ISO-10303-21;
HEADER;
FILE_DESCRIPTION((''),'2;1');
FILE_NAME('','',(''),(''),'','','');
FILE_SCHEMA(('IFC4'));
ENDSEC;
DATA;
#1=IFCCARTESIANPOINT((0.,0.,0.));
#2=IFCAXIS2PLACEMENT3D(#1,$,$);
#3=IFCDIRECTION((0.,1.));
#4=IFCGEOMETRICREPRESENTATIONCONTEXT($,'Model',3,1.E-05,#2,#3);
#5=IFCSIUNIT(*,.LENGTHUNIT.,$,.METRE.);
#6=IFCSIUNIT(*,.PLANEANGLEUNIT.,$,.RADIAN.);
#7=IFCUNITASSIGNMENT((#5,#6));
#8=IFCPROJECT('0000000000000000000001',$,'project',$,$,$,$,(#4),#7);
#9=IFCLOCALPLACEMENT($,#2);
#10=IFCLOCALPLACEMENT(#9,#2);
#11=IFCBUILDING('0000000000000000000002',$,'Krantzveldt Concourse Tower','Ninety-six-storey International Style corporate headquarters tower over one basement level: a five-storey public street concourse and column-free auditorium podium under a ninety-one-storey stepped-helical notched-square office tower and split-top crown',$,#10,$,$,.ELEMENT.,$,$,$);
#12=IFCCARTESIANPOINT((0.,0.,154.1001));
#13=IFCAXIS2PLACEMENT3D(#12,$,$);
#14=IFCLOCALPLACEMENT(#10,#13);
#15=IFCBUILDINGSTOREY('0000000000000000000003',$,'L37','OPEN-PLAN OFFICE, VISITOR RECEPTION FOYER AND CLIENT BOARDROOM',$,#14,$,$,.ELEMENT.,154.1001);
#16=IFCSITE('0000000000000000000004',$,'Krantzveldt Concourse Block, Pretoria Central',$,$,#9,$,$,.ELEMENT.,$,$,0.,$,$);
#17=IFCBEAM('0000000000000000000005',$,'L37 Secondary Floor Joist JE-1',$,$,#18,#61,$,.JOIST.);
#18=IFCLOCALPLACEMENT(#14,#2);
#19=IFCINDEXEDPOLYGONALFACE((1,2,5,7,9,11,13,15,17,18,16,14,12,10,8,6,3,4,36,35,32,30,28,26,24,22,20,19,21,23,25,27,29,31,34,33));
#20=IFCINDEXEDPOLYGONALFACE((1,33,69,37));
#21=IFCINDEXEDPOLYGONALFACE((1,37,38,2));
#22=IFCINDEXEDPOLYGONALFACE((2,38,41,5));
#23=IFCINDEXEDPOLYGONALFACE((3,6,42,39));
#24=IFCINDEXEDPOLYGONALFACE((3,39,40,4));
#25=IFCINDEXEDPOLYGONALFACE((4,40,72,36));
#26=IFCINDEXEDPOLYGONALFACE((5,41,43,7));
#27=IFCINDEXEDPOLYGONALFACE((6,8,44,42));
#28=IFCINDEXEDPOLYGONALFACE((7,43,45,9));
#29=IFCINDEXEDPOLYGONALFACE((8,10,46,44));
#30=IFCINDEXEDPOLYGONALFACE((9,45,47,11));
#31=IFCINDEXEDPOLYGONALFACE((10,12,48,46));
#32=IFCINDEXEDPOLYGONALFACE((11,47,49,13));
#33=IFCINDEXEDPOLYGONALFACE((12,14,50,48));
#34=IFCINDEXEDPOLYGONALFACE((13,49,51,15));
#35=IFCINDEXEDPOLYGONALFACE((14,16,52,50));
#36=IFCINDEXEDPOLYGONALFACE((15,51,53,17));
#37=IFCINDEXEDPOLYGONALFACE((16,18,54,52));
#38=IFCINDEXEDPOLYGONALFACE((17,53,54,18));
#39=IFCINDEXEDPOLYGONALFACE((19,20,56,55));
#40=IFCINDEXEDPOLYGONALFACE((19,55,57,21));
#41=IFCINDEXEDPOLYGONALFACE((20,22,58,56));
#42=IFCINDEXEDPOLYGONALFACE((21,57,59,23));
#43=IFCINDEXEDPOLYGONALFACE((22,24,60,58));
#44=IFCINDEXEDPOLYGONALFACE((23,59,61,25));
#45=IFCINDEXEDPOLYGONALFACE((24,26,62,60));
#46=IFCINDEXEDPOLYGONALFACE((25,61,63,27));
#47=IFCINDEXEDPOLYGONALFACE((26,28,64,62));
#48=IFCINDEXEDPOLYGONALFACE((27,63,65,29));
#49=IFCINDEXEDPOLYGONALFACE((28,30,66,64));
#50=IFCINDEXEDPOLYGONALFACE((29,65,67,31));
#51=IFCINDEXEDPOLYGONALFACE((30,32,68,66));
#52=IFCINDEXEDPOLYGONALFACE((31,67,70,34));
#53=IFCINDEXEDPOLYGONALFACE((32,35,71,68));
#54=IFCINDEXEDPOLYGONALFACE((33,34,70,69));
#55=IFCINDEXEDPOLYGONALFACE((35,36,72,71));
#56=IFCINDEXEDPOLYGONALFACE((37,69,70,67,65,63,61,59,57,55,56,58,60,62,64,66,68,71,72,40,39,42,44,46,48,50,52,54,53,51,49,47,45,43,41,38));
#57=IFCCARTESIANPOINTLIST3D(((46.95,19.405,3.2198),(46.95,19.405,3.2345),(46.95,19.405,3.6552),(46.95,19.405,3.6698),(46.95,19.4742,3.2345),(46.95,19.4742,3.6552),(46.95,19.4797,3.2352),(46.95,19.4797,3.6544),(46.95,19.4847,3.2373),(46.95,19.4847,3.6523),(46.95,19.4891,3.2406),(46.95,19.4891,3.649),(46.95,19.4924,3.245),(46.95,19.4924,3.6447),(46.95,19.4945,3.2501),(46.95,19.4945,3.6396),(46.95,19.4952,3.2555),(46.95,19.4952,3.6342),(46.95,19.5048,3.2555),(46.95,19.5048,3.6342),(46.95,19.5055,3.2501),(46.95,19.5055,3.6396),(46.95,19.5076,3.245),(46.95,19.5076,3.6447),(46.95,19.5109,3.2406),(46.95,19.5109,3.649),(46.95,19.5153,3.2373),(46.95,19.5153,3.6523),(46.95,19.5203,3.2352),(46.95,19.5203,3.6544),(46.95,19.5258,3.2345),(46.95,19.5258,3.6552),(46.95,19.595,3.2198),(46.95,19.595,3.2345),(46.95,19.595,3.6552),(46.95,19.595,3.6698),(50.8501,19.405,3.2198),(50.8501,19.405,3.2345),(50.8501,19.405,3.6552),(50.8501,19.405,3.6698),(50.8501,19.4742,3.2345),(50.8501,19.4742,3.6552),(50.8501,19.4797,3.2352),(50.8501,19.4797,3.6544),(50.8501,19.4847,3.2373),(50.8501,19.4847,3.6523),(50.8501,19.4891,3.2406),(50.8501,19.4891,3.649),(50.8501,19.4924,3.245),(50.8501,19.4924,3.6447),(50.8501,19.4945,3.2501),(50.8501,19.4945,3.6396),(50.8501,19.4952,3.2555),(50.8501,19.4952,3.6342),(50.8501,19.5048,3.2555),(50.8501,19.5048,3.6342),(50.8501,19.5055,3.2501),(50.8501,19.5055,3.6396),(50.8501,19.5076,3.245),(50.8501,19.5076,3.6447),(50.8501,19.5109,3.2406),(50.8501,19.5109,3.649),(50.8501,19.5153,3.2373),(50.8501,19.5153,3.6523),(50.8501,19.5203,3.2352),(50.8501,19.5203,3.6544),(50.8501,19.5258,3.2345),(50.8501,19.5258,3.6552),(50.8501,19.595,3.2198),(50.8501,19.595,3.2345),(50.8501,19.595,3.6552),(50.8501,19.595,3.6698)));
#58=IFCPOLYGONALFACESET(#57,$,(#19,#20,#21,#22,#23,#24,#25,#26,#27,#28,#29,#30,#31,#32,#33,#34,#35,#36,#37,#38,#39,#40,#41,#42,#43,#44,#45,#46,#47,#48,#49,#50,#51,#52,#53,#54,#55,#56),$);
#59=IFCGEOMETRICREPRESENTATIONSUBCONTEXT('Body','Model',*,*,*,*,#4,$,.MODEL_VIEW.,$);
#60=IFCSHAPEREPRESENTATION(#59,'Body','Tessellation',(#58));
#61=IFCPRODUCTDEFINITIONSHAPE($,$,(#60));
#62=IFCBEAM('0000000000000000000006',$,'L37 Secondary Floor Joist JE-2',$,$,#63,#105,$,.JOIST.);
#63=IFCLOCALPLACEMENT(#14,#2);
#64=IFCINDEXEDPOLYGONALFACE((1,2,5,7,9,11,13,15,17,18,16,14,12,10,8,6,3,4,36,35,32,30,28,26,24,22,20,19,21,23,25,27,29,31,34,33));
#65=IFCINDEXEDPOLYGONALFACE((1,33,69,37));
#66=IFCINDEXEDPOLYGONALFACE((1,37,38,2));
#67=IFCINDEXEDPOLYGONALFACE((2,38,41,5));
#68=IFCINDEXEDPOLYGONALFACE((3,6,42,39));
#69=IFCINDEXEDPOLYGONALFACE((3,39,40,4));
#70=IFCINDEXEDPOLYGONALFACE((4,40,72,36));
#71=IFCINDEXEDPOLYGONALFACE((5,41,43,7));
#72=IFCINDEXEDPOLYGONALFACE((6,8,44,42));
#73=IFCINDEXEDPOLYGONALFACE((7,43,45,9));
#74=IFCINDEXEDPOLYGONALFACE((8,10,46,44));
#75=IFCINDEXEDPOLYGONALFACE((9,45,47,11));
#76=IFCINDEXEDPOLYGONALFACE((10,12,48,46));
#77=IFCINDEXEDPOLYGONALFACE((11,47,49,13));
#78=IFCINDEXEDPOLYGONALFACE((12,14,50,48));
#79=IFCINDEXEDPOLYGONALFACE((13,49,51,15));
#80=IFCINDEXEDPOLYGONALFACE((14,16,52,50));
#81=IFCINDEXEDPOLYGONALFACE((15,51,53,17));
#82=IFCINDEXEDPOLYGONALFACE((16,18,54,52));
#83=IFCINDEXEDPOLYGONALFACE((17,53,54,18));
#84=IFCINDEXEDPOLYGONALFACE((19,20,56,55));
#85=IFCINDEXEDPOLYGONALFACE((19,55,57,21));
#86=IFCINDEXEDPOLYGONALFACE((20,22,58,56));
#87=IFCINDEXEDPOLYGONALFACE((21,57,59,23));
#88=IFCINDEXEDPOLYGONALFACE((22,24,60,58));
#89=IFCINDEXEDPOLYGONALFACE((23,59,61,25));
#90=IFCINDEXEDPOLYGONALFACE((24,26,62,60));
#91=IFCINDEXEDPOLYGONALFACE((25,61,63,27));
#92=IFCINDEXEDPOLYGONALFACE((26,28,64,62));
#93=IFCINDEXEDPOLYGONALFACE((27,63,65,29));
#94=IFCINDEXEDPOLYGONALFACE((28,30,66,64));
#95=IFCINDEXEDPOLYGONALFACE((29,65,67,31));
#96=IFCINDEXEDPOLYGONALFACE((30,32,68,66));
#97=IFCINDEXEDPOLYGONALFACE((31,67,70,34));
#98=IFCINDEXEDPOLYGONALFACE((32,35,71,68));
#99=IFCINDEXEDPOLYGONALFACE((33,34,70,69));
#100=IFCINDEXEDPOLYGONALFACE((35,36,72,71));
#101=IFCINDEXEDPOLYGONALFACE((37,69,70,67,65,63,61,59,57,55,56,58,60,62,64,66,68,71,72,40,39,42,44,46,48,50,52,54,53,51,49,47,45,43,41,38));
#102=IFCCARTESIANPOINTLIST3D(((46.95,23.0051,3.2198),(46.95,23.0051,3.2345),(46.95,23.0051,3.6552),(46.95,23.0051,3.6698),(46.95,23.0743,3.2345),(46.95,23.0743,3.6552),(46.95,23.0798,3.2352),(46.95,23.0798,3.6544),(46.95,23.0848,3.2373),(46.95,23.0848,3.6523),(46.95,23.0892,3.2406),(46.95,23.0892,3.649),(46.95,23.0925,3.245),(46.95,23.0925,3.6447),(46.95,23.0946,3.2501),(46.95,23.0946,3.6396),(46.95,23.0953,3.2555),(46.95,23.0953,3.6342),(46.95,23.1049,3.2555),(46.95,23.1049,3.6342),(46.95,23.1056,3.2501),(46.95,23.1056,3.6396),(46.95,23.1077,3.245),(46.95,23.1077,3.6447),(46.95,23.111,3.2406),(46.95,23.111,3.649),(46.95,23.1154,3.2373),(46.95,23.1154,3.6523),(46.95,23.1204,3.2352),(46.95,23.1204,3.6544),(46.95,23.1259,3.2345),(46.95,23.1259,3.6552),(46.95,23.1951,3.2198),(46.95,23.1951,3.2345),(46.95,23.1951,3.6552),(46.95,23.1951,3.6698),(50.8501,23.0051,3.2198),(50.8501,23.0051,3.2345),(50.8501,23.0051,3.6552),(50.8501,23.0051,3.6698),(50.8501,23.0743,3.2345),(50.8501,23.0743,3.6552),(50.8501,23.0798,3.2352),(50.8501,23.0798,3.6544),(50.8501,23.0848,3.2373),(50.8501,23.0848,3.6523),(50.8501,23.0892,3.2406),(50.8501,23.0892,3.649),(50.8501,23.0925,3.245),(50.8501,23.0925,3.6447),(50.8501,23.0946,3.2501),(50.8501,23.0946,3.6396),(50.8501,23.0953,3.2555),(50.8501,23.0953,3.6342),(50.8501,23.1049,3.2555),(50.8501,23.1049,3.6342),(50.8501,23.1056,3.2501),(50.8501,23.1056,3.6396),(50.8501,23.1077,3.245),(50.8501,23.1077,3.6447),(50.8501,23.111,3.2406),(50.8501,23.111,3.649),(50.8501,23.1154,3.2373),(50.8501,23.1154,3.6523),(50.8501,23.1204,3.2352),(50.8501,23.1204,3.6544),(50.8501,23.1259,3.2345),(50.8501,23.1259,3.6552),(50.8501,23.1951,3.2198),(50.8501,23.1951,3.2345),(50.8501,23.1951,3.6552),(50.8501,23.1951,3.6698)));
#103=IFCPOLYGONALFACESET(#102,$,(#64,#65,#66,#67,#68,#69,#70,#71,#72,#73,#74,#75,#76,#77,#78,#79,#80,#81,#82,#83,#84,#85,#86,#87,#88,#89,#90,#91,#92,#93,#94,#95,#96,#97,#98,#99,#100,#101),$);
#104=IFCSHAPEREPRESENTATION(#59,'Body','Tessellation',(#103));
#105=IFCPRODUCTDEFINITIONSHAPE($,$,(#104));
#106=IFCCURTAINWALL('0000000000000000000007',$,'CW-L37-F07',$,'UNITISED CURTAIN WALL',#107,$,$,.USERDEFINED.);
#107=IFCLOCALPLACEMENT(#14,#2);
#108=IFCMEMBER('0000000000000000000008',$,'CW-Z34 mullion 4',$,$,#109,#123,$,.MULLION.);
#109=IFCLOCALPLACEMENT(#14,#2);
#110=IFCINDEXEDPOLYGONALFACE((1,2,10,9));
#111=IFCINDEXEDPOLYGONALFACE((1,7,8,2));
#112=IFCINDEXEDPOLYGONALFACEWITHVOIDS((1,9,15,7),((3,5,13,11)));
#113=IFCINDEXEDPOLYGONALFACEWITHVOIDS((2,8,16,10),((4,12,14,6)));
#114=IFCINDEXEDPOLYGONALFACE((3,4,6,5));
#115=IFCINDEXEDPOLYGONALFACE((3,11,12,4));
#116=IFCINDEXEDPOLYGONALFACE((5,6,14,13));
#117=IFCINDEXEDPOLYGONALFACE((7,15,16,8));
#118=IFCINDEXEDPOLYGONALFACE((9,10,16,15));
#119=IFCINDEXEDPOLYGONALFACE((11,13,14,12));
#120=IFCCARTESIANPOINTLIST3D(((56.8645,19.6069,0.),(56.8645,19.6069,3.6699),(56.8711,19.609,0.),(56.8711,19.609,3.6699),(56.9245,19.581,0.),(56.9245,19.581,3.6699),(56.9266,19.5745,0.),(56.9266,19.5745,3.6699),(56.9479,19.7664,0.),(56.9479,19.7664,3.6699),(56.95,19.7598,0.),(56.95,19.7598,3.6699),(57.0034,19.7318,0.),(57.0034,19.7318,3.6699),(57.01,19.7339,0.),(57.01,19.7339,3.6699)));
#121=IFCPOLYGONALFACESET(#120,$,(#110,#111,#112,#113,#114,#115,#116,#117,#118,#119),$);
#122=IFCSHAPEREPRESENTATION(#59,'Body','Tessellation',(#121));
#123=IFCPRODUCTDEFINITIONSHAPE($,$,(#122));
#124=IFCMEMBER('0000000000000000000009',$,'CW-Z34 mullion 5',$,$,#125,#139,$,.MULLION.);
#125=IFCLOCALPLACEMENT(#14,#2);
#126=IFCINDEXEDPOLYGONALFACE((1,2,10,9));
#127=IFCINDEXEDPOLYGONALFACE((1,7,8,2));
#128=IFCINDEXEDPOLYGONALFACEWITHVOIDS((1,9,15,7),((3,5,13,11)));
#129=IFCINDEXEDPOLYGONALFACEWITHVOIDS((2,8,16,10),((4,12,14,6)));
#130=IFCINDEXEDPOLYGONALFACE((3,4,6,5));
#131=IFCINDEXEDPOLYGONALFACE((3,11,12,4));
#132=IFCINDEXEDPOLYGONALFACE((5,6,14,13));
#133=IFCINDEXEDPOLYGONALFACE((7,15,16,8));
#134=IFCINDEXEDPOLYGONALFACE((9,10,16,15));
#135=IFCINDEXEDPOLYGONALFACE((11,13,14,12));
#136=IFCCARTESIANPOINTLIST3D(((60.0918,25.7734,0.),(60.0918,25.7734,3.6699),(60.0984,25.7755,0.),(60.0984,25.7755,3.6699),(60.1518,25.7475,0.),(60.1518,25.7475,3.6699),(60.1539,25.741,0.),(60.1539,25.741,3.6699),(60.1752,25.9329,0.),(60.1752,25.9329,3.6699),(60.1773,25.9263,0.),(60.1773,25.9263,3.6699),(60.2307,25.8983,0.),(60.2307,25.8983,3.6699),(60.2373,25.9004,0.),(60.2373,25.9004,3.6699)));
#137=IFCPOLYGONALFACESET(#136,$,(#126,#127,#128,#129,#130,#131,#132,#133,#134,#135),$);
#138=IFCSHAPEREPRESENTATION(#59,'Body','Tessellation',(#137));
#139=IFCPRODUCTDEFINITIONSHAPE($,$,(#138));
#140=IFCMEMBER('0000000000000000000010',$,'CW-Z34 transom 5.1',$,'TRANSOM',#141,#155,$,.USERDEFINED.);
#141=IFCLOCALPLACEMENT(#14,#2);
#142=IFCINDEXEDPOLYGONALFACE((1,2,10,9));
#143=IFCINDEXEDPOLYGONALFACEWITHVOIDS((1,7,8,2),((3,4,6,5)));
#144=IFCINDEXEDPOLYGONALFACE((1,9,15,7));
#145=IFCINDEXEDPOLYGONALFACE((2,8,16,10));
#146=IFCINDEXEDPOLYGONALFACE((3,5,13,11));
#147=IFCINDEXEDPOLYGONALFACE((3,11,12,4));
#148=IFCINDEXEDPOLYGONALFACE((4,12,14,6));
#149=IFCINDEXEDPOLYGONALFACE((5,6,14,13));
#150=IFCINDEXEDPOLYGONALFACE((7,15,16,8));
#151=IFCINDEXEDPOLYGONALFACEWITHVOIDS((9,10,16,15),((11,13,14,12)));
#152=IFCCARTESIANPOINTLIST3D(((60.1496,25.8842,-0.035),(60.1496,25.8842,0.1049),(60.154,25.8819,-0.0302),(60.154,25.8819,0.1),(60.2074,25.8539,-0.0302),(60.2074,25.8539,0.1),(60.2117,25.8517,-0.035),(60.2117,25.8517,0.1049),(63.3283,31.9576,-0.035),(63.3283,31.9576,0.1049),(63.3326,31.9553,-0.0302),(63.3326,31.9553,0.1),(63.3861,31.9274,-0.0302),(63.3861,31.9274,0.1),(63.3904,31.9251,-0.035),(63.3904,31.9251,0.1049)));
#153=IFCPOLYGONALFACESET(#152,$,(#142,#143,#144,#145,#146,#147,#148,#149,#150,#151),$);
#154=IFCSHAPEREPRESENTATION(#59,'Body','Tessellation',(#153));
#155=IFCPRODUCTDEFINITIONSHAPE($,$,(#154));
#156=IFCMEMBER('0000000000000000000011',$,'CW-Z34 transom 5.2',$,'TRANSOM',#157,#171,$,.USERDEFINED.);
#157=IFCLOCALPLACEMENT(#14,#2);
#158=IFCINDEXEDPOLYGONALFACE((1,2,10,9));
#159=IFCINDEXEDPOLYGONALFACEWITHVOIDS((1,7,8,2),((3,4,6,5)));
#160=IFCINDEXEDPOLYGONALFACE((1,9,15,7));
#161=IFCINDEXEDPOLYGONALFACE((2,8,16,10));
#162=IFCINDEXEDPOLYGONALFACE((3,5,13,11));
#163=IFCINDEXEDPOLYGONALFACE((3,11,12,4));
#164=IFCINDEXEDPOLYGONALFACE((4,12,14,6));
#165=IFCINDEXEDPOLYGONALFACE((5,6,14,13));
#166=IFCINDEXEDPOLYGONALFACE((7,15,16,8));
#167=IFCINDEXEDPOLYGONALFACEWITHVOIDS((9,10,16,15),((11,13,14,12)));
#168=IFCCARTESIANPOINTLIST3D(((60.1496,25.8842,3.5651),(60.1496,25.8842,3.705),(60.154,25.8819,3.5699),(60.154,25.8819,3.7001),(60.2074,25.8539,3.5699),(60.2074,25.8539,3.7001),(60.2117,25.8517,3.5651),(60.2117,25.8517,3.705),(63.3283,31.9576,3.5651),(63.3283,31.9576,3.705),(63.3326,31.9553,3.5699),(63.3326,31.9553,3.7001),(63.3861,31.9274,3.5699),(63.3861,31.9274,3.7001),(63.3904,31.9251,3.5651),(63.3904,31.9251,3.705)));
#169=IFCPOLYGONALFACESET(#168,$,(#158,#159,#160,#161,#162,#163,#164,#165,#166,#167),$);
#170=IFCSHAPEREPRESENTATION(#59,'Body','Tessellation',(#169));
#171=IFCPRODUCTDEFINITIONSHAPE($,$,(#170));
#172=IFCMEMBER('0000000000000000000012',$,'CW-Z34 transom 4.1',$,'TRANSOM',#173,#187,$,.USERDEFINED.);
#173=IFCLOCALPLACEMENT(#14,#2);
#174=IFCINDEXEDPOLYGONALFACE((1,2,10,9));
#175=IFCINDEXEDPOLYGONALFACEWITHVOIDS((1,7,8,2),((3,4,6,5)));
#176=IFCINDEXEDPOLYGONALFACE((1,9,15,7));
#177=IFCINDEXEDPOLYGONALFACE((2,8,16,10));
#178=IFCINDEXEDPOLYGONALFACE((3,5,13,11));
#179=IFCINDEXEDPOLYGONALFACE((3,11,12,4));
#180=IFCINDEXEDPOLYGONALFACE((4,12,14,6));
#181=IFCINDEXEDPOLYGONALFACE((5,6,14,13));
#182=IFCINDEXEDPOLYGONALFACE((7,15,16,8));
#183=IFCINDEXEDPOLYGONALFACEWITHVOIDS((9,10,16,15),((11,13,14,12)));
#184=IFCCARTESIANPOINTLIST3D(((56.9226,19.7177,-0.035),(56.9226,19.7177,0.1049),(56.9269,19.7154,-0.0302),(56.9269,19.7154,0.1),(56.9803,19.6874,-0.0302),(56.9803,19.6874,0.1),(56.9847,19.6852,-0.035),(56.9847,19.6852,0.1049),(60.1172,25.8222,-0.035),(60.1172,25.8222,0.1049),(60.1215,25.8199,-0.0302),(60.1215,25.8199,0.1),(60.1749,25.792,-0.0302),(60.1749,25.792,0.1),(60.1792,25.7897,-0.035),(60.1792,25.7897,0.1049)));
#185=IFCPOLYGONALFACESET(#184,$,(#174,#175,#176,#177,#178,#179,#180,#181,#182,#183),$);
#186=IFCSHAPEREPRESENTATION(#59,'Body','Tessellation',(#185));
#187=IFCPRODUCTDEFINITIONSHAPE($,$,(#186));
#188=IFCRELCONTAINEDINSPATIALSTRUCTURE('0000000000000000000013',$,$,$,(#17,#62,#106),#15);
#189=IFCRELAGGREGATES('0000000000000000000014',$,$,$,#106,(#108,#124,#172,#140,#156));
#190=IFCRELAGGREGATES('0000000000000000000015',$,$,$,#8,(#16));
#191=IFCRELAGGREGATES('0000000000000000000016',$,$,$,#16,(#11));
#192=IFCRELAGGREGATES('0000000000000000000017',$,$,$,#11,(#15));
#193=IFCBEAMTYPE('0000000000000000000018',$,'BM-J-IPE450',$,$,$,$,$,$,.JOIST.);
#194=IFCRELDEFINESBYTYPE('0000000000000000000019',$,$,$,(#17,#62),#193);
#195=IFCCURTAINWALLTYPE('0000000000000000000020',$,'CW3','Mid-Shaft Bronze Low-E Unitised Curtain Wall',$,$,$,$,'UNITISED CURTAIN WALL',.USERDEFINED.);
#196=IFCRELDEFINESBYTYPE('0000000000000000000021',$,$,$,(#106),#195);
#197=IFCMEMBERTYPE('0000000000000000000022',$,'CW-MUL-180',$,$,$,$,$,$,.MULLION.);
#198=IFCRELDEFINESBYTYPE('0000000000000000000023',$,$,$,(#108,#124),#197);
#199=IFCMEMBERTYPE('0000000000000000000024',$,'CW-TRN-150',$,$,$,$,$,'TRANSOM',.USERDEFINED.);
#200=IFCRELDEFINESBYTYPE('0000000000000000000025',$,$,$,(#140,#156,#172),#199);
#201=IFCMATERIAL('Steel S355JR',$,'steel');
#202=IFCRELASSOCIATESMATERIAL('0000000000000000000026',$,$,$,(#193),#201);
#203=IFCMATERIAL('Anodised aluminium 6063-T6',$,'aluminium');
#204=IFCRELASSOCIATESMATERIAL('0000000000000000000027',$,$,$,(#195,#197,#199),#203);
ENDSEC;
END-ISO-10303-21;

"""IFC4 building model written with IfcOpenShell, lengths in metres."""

from ifc_helpers import new_model, si_unit, direction, frame, origin, origin_2d, place, context, subcontext, project, spatial, hollow_rectangle, i_section, extrude, source, transform, mapped, material, material_profile, profile_set, type_object, type_shapes, element, aggregate, save


model = new_model("IFC4")

# Units and contexts
model_context = context("Model", 3, precision=1e-05, world=origin(), true_north=direction((0.0, 1.0)))
body_context = subcontext(model_context, "Body", "Model", "MODEL_VIEW")
ifc_project = project(units=[si_unit("LENGTHUNIT", "METRE"), si_unit("PLANEANGLEUNIT", "RADIAN")], contexts=[model_context])

# Site, building, storey
site_placement = place(None, origin())
site = spatial("IfcSite", under=ifc_project, at=site_placement, Name="Krantzveldt Concourse Block, Pretoria Central", CompositionType="ELEMENT", RefElevation=0.0)
building_placement = place(site_placement, origin())
building = spatial("IfcBuilding", under=site, at=building_placement, Name="Krantzveldt Concourse Tower", Description="Ninety-six-storey International Style corporate headquarters tower over one basement level: a five-storey public street concourse and column-free auditorium podium under a ninety-one-storey stepped-helical notched-square office tower and split-top crown", CompositionType="ELEMENT")
storey_placement = place(building_placement, frame((0.0, 0.0, 154.1001)))
storey = spatial("IfcBuildingStorey", under=building, at=storey_placement, Name="L37", Description="OPEN-PLAN OFFICE, VISITOR RECEPTION FOYER AND CLIENT BOARDROOM", CompositionType="ELEMENT", Elevation=154.1001)

# Beams
ifc_material_1 = material(Name="Steel S355JR", Category="steel")
ifc_material_profile_1 = material_profile(ifc_material_1, i_section(OverallWidth=0.1899, OverallDepth=0.45, WebThickness=0.0095, FlangeThickness=0.0146, FilletRadius=0.021, at=origin_2d()), Name="Steel S355JR", Category="steel")
ifc_profile_set_1 = profile_set([ifc_material_profile_1], Name="Steel S355JR - IPE 450")
beam_type_1 = type_object("IfcBeamType", Name="BM-J-IPE450", PredefinedType="JOIST", material=ifc_profile_set_1)
shared_shape_1 = source(origin(), body_context, "Body", "SweptSolid", [
    extrude(i_section(OverallWidth=0.1899, OverallDepth=0.45, WebThickness=0.0095, FlangeThickness=0.0146, FilletRadius=0.021, at=origin_2d()), origin(), (0.0, 0.0, 1.0), 3.9001),
])
type_shapes(beam_type_1, [shared_shape_1])
for number, where, z_axis, x_axis, name in (
    (1, (46.95, 19.5, 3.4448), (1.0, 0.0, 0.0), (0.0, 1.0, 0.0), "L37 Secondary Floor Joist JE-1"),
    (2, (46.95, 23.1001, 3.4448), (1.0, 0.0, 0.0), (0.0, 1.0, 0.0), "L37 Secondary Floor Joist JE-2"),
):
    element("IfcBeam", number, at=place(storey_placement, frame(where, z_axis=z_axis, x_axis=x_axis)), inside=storey, type_object=beam_type_1, Name=name, PredefinedType="JOIST", context=body_context, shape_type="MappedRepresentation", body=[
        mapped(shared_shape_1, transform((0.0, 0.0, 0.0), x_axis=(1.0, 0.0, 0.0), y_axis=(0.0, 1.0, 0.0), z_axis=(0.0, 0.0, 1.0), scale=1.0)),
    ])

# Curtain wall, members
ifc_material_2 = material(Name="Anodised aluminium 6063-T6", Category="aluminium")
curtain_wall_type = type_object("IfcCurtainWallType", Name="CW3", Description="Mid-Shaft Bronze Low-E Unitised Curtain Wall", ElementType="UNITISED CURTAIN WALL", PredefinedType="USERDEFINED", material=ifc_material_2)
curtain_wall_placement = place(storey_placement, origin())
curtain_wall = element("IfcCurtainWall", 3, at=curtain_wall_placement, inside=storey, type_object=curtain_wall_type, Name="CW-L37-F07", ObjectType="UNITISED CURTAIN WALL", PredefinedType="USERDEFINED")
ifc_material_profile_2 = material_profile(ifc_material_2, hollow_rectangle(XDim=0.0701, YDim=0.1799, WallThickness=0.0049, at=origin_2d()), Name="Anodised aluminium 6063-T6", Category="aluminium")
ifc_profile_set_2 = profile_set([ifc_material_profile_2], Name="Anodised aluminium 6063-T6 - ALU-MULL 180x70x5")
member_type_1 = type_object("IfcMemberType", Name="CW-MUL-180", PredefinedType="MULLION", material=ifc_profile_set_2)
shared_shape_2 = source(origin(), body_context, "Body", "SweptSolid", [
    extrude(hollow_rectangle(XDim=0.0701, YDim=0.1799, WallThickness=0.0049, at=origin_2d()), origin(), (0.0, 0.0, 1.0), 3.6699),
])
type_shapes(member_type_1, [shared_shape_2])
member_1_placement = place(storey_placement, frame((56.9373, 19.6704, 0.0), z_axis=(0.0, 0.0, 1.0), x_axis=(-0.886001, 0.463683, 0.0)))
member_1 = element("IfcMember", 4, at=member_1_placement, type_object=member_type_1, Name="CW-Z34 mullion 4", PredefinedType="MULLION", context=body_context, shape_type="MappedRepresentation", body=[
    mapped(shared_shape_2, transform((0.0, 0.0, 0.0), x_axis=(1.0, 0.0, 0.0), y_axis=(0.0, 1.0, 0.0), z_axis=(0.0, 0.0, 1.0), scale=1.0)),
])
member_2_placement = place(storey_placement, frame((60.1646, 25.8369, 0.0), z_axis=(0.0, 0.0, 1.0), x_axis=(-0.886001, 0.463683, 0.0)))
member_2 = element("IfcMember", 5, at=member_2_placement, type_object=member_type_1, Name="CW-Z34 mullion 5", PredefinedType="MULLION", context=body_context, shape_type="MappedRepresentation", body=[
    mapped(shared_shape_2, transform((0.0, 0.0, 0.0), x_axis=(1.0, 0.0, 0.0), y_axis=(0.0, 1.0, 0.0), z_axis=(0.0, 0.0, 1.0), scale=1.0)),
])
ifc_material_profile_3 = material_profile(ifc_material_2, hollow_rectangle(XDim=0.0701, YDim=0.1399, WallThickness=0.0049, at=origin_2d()), Name="Anodised aluminium 6063-T6", Category="aluminium")
ifc_profile_set_3 = profile_set([ifc_material_profile_3], Name="Anodised aluminium 6063-T6 - ALU-TRAN 140x70x5")
member_type_2 = type_object("IfcMemberType", Name="CW-TRN-150", ElementType="TRANSOM", PredefinedType="USERDEFINED", material=ifc_profile_set_3)
shared_shape_3 = source(origin(), body_context, "Body", "SweptSolid", [
    extrude(hollow_rectangle(XDim=0.0701, YDim=0.1399, WallThickness=0.0049, at=origin_2d()), origin(), (0.0, 0.0, 1.0), 6.855),
])
member_3_placement = place(storey_placement, frame((60.1807, 25.8679, 0.0349), z_axis=(0.463705, 0.88599, 0.0), x_axis=(-0.88599, 0.463705, 0.0)))
member_3 = element("IfcMember", 6, at=member_3_placement, type_object=member_type_2, Name="CW-Z34 transom 5.1", ObjectType="TRANSOM", PredefinedType="USERDEFINED", context=body_context, shape_type="MappedRepresentation", body=[
    mapped(shared_shape_3, transform((0.0, 0.0, 0.0), x_axis=(1.0, 0.0, 0.0), y_axis=(0.0, 1.0, 0.0), z_axis=(0.0, 0.0, 1.0), scale=1.0)),
])
member_4_placement = place(storey_placement, frame((60.1807, 25.8679, 3.635), z_axis=(0.463705, 0.88599, 0.0), x_axis=(-0.88599, 0.463705, 0.0)))
member_4 = element("IfcMember", 7, at=member_4_placement, type_object=member_type_2, Name="CW-Z34 transom 5.2", ObjectType="TRANSOM", PredefinedType="USERDEFINED", context=body_context, shape_type="MappedRepresentation", body=[
    mapped(shared_shape_3, transform((0.0, 0.0, 0.0), x_axis=(1.0, 0.0, 0.0), y_axis=(0.0, 1.0, 0.0), z_axis=(0.0, 0.0, 1.0), scale=1.0)),
])
shared_shape_4 = source(origin(), body_context, "Body", "SweptSolid", [
    extrude(hollow_rectangle(XDim=0.0701, YDim=0.1399, WallThickness=0.0049, at=origin_2d()), origin(), (0.0, 0.0, 1.0), 6.8899),
])
type_shapes(member_type_2, [shared_shape_3, shared_shape_4])
member_5_placement = place(storey_placement, frame((56.9536, 19.7014, 0.0349), z_axis=(0.463664, 0.886011, 0.0), x_axis=(-0.886011, 0.463664, 0.0)))
member_5 = element("IfcMember", 8, at=member_5_placement, type_object=member_type_2, Name="CW-Z34 transom 4.1", ObjectType="TRANSOM", PredefinedType="USERDEFINED", context=body_context, shape_type="MappedRepresentation", body=[
    mapped(shared_shape_4, transform((0.0, 0.0, 0.0), x_axis=(1.0, 0.0, 0.0), y_axis=(0.0, 1.0, 0.0), z_axis=(0.0, 0.0, 1.0), scale=1.0)),
])
aggregate(curtain_wall, [member_1, member_2, member_5, member_3, member_4])

save(model, "model.ifc")
